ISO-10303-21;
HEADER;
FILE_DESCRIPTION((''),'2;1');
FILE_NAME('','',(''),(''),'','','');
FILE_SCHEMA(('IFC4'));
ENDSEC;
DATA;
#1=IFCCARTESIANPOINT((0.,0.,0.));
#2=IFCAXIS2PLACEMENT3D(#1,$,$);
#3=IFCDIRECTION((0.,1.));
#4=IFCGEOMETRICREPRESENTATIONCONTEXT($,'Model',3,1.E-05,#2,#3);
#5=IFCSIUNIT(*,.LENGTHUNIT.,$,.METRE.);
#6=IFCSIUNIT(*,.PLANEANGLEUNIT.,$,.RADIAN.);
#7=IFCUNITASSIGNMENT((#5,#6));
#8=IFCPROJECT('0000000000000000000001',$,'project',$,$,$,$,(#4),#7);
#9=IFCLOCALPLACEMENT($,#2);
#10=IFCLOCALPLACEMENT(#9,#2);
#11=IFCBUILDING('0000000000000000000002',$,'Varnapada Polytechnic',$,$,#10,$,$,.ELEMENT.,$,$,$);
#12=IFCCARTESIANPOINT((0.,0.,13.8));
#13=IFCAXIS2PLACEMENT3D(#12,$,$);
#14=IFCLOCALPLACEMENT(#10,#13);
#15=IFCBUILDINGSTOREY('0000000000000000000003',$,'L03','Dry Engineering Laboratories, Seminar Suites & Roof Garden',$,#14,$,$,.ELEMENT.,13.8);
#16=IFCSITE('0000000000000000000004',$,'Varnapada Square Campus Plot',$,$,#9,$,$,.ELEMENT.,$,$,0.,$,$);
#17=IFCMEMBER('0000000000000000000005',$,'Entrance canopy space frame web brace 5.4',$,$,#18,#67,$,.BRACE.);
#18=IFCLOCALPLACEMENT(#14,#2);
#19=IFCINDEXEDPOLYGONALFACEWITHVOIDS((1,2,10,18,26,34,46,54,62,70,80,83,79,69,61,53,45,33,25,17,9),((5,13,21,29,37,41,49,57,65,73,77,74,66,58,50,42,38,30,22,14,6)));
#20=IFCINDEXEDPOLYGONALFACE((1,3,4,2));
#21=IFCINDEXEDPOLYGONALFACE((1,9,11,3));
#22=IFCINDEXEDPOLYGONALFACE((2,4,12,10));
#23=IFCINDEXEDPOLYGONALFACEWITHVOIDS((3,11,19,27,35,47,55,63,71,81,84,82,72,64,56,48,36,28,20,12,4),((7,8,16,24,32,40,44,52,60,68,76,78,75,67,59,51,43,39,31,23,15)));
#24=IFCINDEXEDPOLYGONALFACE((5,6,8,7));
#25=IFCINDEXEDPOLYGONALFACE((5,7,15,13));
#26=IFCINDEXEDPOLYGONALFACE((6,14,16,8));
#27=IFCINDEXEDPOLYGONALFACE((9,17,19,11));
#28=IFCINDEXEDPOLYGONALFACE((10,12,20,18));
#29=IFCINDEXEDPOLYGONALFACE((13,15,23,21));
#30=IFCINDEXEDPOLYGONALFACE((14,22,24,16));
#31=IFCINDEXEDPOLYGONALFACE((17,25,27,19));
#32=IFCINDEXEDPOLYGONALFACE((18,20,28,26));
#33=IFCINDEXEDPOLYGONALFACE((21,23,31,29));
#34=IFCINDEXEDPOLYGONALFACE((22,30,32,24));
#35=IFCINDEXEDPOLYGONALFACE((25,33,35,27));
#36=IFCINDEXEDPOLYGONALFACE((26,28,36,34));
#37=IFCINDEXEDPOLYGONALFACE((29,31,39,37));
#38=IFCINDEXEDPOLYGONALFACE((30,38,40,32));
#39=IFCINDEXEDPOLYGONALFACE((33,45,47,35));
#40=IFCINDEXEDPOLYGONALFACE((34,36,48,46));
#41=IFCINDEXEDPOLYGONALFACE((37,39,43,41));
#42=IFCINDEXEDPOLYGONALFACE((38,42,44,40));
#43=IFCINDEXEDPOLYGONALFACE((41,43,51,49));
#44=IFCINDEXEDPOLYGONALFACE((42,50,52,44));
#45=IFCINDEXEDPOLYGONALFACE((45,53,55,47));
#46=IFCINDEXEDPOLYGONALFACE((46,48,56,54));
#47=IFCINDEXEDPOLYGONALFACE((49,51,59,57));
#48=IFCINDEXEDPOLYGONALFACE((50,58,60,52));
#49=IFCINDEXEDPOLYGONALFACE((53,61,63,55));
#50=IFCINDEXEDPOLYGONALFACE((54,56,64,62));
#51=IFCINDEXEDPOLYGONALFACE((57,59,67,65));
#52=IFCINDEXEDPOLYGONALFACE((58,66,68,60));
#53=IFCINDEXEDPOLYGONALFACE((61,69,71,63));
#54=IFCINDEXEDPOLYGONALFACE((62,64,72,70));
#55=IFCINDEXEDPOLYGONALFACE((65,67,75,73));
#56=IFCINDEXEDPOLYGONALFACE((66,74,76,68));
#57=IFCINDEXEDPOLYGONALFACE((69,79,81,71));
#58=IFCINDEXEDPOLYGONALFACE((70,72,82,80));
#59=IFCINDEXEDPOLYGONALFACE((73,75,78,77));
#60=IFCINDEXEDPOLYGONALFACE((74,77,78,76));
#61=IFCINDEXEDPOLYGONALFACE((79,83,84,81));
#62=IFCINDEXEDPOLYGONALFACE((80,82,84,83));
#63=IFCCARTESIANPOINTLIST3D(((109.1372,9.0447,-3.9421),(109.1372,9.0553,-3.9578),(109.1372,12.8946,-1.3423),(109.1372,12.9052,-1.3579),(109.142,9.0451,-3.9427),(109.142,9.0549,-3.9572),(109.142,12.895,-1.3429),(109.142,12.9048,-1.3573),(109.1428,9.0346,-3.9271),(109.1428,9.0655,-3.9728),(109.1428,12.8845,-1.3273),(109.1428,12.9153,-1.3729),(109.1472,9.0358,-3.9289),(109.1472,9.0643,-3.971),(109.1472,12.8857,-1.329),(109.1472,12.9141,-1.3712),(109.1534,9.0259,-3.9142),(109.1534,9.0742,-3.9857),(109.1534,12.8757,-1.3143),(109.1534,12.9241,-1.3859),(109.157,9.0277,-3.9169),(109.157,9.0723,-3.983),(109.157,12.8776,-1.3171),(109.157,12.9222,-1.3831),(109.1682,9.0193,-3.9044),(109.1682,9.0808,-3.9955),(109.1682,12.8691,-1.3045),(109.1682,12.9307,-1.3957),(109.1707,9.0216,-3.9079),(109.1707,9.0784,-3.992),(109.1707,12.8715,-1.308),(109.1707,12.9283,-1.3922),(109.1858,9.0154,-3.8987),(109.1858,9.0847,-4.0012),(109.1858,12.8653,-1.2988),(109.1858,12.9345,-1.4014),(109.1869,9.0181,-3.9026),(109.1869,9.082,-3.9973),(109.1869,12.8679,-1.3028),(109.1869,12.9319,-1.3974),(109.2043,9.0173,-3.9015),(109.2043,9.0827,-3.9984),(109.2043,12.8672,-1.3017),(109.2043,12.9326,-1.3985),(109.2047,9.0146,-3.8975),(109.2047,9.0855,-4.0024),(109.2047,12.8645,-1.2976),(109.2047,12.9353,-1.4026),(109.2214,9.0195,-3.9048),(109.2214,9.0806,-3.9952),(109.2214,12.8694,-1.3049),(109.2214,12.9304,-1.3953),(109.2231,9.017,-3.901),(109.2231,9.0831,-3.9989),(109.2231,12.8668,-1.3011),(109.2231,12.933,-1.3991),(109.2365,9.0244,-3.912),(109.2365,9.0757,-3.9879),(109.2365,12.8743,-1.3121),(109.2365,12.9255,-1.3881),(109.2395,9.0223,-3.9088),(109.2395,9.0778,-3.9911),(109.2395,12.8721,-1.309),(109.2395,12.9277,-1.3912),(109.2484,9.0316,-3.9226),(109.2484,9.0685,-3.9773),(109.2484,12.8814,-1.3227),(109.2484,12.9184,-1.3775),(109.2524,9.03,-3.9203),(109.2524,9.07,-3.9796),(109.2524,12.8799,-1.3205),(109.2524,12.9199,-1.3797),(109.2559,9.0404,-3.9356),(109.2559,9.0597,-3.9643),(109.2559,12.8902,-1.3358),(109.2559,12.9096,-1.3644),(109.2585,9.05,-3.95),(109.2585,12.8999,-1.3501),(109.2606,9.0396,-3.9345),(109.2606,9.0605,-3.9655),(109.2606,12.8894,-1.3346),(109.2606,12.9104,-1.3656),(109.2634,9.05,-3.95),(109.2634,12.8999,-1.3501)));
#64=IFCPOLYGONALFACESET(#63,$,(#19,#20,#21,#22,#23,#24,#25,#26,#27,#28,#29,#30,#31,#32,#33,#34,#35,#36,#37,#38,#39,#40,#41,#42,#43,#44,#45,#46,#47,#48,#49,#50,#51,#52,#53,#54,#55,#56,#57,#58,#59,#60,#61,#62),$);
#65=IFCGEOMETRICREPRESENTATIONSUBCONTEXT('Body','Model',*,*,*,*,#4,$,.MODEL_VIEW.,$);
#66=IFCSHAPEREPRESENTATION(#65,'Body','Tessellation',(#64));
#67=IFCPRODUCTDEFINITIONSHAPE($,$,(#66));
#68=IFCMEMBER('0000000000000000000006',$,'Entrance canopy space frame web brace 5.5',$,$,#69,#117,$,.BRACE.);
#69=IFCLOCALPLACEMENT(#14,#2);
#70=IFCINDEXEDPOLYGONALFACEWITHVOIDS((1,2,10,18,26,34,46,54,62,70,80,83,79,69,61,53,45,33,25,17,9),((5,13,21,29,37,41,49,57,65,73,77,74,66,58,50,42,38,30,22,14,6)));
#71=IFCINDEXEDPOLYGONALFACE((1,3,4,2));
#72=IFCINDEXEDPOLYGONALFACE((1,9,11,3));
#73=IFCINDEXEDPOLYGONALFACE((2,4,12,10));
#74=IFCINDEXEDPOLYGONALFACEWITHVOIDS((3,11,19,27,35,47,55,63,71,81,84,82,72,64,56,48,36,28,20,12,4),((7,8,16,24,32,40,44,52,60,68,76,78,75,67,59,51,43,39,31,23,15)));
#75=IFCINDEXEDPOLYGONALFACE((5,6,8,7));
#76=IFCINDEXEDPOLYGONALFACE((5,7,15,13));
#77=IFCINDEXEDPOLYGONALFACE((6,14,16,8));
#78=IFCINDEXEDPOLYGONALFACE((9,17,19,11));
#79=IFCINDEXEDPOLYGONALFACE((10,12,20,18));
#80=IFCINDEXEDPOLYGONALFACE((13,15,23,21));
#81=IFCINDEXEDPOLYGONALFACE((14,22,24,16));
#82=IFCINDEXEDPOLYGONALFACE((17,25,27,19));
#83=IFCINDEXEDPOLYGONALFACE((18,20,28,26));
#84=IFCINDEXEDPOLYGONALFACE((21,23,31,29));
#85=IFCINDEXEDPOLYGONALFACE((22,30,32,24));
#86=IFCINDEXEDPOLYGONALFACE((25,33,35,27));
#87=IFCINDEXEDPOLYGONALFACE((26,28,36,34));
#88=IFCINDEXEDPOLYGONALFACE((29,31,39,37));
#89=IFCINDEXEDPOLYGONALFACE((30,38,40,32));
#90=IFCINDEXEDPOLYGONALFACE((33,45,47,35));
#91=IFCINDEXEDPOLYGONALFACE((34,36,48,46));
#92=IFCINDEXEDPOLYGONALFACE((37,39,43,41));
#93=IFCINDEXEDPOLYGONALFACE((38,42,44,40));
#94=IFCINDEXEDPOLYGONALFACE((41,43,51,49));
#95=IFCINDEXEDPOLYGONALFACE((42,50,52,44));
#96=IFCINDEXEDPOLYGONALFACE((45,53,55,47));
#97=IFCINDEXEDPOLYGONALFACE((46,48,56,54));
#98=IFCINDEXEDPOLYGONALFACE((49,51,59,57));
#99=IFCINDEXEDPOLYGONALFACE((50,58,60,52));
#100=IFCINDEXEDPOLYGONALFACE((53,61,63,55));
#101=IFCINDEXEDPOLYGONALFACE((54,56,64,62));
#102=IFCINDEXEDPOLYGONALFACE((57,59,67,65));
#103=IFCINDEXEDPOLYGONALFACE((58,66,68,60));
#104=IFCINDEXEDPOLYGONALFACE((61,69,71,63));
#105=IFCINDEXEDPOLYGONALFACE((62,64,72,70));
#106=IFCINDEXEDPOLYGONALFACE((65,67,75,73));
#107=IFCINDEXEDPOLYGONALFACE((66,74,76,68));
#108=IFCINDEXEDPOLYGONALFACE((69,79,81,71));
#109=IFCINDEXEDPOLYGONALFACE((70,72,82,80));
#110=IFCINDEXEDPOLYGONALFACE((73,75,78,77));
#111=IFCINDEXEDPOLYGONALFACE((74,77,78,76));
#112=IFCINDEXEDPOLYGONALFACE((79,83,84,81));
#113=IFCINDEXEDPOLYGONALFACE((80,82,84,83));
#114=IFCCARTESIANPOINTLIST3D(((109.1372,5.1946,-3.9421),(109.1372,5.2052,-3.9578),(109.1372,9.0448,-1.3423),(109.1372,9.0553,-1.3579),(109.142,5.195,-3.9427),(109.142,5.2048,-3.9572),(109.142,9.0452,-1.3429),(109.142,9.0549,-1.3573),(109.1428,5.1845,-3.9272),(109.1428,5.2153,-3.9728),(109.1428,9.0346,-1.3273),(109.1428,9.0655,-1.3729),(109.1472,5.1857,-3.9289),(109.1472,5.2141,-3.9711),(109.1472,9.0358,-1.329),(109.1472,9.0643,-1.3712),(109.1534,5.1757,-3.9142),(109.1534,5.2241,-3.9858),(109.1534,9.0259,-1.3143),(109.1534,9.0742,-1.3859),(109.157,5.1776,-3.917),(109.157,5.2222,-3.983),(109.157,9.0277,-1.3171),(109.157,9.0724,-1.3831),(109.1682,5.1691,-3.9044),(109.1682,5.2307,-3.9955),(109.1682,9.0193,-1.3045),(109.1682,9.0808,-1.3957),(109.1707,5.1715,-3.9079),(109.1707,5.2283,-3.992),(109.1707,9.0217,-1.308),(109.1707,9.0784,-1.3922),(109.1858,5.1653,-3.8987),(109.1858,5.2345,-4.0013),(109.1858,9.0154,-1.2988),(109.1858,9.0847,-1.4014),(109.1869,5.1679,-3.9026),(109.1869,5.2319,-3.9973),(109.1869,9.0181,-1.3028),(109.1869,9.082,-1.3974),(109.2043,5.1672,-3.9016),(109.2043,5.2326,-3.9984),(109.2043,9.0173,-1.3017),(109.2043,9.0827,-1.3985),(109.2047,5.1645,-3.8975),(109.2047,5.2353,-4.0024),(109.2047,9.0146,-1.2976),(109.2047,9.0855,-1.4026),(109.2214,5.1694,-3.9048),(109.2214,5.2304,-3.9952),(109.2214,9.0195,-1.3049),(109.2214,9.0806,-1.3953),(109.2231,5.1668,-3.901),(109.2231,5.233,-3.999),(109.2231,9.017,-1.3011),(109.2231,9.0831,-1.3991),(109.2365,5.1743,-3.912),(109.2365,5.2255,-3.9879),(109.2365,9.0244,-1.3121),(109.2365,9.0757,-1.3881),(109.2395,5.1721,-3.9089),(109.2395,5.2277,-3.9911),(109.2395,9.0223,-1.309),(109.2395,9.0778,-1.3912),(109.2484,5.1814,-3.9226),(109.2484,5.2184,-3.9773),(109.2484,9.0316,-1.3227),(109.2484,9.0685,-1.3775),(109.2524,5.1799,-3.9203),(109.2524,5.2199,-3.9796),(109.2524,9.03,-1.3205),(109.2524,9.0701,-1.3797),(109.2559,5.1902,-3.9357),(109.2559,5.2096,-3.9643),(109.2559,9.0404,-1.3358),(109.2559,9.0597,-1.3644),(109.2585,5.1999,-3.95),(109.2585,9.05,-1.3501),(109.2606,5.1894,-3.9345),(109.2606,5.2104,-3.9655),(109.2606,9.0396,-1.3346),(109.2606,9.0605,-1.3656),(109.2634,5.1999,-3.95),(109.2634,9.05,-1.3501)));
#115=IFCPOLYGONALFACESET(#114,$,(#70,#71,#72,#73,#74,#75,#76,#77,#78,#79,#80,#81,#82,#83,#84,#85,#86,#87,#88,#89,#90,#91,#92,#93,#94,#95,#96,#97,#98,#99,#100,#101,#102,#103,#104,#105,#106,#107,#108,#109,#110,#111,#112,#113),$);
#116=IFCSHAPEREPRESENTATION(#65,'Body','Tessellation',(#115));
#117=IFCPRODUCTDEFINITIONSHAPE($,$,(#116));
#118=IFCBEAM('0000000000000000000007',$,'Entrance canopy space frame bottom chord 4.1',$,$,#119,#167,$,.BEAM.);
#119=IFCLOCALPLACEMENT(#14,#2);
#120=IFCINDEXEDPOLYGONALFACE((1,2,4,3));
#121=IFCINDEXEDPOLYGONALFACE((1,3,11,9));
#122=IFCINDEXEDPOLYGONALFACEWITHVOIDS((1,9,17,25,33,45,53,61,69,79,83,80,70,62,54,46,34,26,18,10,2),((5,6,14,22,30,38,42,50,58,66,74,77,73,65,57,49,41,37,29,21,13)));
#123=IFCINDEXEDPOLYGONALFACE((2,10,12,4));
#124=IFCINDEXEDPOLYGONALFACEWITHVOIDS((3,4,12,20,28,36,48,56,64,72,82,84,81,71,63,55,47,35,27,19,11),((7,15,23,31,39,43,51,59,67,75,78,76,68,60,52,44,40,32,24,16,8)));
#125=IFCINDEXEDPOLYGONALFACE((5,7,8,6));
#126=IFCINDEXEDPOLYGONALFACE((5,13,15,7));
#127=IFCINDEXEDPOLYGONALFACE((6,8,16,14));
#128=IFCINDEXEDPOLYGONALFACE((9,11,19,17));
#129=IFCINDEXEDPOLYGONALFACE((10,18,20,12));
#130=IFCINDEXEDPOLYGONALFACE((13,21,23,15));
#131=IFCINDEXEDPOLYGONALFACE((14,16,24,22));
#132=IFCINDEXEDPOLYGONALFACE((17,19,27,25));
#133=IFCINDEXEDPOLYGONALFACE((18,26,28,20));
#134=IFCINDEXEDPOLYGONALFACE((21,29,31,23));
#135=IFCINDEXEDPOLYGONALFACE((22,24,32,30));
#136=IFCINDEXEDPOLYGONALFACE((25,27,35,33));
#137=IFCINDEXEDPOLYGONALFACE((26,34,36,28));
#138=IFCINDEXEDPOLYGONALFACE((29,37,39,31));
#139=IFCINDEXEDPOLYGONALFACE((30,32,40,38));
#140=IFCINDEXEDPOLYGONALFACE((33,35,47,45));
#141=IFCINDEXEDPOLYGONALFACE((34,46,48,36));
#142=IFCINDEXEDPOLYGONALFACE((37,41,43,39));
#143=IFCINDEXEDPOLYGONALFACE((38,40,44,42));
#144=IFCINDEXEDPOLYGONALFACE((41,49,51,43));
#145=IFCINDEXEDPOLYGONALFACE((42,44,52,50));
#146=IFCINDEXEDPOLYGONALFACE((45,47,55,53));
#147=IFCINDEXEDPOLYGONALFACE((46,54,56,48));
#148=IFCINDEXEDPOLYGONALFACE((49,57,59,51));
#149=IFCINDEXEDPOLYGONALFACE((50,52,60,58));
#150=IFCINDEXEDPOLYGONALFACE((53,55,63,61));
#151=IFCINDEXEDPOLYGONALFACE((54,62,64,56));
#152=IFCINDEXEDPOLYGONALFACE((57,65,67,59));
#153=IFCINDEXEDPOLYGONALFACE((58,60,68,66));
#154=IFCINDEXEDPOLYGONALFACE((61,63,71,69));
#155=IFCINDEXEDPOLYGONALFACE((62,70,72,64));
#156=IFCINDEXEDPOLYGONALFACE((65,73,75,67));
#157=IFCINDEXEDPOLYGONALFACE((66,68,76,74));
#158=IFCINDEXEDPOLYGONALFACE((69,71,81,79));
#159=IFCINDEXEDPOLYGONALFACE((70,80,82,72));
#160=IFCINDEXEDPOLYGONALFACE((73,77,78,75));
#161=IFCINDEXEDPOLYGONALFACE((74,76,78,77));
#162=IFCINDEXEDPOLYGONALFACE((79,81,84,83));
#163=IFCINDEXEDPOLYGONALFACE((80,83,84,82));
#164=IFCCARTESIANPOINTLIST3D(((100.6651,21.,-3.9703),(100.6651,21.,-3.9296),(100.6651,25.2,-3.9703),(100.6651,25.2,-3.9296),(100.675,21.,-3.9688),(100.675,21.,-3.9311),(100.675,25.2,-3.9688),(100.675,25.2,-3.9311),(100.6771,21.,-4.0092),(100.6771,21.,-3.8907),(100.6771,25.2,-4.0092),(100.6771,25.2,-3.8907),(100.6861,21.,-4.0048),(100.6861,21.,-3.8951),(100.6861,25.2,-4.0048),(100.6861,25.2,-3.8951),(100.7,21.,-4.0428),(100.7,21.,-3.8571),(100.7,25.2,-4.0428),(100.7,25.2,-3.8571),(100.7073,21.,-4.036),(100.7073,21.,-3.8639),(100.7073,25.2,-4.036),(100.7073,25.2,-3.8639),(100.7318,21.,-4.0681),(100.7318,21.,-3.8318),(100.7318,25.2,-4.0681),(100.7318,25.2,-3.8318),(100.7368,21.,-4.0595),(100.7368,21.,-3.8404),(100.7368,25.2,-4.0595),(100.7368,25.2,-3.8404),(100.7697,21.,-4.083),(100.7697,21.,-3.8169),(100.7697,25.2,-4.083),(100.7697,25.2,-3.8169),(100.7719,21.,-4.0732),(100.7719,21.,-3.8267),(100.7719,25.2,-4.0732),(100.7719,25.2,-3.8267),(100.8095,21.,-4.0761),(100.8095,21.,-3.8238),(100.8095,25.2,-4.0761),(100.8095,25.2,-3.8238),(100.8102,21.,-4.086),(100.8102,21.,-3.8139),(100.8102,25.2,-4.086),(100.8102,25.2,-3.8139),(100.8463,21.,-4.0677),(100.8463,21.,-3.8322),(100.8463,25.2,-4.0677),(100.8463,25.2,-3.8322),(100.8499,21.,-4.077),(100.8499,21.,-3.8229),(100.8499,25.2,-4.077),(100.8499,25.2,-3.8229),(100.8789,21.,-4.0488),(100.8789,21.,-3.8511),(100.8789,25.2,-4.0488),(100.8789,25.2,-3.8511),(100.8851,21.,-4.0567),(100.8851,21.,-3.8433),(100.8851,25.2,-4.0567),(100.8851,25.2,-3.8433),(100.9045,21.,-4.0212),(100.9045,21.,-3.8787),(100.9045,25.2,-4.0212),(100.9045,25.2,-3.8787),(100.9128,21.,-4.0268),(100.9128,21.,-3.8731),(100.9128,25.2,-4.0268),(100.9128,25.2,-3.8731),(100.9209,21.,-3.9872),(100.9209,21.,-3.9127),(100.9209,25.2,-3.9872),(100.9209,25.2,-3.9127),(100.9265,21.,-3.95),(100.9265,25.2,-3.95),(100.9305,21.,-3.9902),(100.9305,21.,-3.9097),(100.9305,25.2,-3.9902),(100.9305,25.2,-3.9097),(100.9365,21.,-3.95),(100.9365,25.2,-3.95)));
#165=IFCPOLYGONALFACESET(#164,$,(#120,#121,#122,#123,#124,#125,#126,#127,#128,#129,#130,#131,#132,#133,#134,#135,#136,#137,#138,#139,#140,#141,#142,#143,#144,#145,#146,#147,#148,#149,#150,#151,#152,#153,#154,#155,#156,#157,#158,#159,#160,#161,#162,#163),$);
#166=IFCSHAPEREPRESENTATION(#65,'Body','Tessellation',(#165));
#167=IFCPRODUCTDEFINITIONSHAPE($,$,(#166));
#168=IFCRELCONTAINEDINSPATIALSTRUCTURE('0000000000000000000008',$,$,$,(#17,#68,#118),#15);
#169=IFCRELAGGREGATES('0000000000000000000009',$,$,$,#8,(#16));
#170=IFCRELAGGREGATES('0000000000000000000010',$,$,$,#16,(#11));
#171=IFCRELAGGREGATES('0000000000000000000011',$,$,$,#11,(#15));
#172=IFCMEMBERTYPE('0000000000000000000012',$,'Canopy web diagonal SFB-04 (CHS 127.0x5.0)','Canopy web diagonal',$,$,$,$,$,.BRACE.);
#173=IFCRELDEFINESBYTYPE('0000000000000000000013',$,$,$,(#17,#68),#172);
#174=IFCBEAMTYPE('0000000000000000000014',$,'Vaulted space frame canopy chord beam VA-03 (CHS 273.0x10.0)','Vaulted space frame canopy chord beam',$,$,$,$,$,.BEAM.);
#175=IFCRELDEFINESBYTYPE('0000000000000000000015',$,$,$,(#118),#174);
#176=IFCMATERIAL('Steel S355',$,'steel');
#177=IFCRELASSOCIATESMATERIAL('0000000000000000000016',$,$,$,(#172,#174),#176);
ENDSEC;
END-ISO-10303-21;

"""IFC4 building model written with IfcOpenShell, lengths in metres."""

from ifc_helpers import new_model, si_unit, direction, frame, origin, origin_2d, place, context, subcontext, project, spatial, hollow_circle, extrude, material, material_profile, profile_set, type_object, element, save


model = new_model("IFC4")

# Units and contexts
model_context = context("Model", 3, precision=1e-05, world=origin(), true_north=direction((0.0, 1.0)))
body_context = subcontext(model_context, "Body", "Model", "MODEL_VIEW")
ifc_project = project(units=[si_unit("LENGTHUNIT", "METRE"), si_unit("PLANEANGLEUNIT", "RADIAN")], contexts=[model_context])

# Site, building, storey
site_placement = place(None, origin())
site = spatial("IfcSite", under=ifc_project, at=site_placement, Name="Varnapada Square Campus Plot", CompositionType="ELEMENT", RefElevation=0.0)
building_placement = place(site_placement, origin())
building = spatial("IfcBuilding", under=site, at=building_placement, Name="Varnapada Polytechnic", CompositionType="ELEMENT")
storey_placement = place(building_placement, frame((0.0, 0.0, 13.8)))
storey = spatial("IfcBuildingStorey", under=building, at=storey_placement, Name="L03", Description="Dry Engineering Laboratories, Seminar Suites & Roof Garden", CompositionType="ELEMENT", Elevation=13.8)

# Members
ifc_material = material(Name="Steel S355", Category="steel")
ifc_material_profile_1 = material_profile(ifc_material, hollow_circle(Radius=0.0635, WallThickness=0.0049, at=origin_2d()), Name="CHS 127.0x5.0")
ifc_profile_set_1 = profile_set([ifc_material_profile_1], Name="Steel S355")
member_type_1 = type_object("IfcMemberType", Name="Canopy web diagonal SFB-04 (CHS 127.0x5.0)", Description="Canopy web diagonal", PredefinedType="BRACE", material=ifc_profile_set_1)
member_1_placement = place(storey_placement, frame((109.2, 12.8999, -1.3501), z_axis=(0.0, -0.828729, -0.559651), x_axis=(1.0, 0.0, 0.0)))
element("IfcMember", 1, at=member_1_placement, inside=storey, type_object=member_type_1, Name="Entrance canopy space frame web brace 5.4", PredefinedType="BRACE", context=body_context, shape_type="SweptSolid", body=[
    extrude(hollow_circle(Radius=0.0635, WallThickness=0.0049, at=origin_2d()), origin(), (0.0, 0.0, 1.0), 4.6455),
])
member_2_placement = place(storey_placement, frame((109.2, 9.05, -1.3501), z_axis=(0.0, -0.828745, -0.559626), x_axis=(1.0, 0.0, 0.0)))
element("IfcMember", 2, at=member_2_placement, inside=storey, type_object=member_type_1, Name="Entrance canopy space frame web brace 5.5", PredefinedType="BRACE", context=body_context, shape_type="SweptSolid", body=[
    extrude(hollow_circle(Radius=0.0635, WallThickness=0.0049, at=origin_2d()), origin(), (0.0, 0.0, 1.0), 4.6458),
])

# Beam
ifc_material_profile_2 = material_profile(ifc_material, hollow_circle(Radius=0.1365, WallThickness=0.01, at=origin_2d()), Name="CHS 273.0x10.0")
ifc_profile_set_2 = profile_set([ifc_material_profile_2], Name="Steel S355")
beam_type = type_object("IfcBeamType", Name="Vaulted space frame canopy chord beam VA-03 (CHS 273.0x10.0)", Description="Vaulted space frame canopy chord beam", PredefinedType="BEAM", material=ifc_profile_set_2)
for number, where, z_axis, x_axis, name in (
    (3, (100.8, 25.2, -3.95), (0.0, -1.0, 0.0), (1.0, 0.0, 0.0), "Entrance canopy space frame bottom chord 4.1"),
):
    element("IfcBeam", number, at=place(storey_placement, frame(where, z_axis=z_axis, x_axis=x_axis)), inside=storey, type_object=beam_type, Name=name, PredefinedType="BEAM", context=body_context, shape_type="SweptSolid", body=[
        extrude(hollow_circle(Radius=0.1365, WallThickness=0.01, at=origin_2d()), origin(), (0.0, 0.0, 1.0), 4.2),
    ])

save(model, "model.ifc")
